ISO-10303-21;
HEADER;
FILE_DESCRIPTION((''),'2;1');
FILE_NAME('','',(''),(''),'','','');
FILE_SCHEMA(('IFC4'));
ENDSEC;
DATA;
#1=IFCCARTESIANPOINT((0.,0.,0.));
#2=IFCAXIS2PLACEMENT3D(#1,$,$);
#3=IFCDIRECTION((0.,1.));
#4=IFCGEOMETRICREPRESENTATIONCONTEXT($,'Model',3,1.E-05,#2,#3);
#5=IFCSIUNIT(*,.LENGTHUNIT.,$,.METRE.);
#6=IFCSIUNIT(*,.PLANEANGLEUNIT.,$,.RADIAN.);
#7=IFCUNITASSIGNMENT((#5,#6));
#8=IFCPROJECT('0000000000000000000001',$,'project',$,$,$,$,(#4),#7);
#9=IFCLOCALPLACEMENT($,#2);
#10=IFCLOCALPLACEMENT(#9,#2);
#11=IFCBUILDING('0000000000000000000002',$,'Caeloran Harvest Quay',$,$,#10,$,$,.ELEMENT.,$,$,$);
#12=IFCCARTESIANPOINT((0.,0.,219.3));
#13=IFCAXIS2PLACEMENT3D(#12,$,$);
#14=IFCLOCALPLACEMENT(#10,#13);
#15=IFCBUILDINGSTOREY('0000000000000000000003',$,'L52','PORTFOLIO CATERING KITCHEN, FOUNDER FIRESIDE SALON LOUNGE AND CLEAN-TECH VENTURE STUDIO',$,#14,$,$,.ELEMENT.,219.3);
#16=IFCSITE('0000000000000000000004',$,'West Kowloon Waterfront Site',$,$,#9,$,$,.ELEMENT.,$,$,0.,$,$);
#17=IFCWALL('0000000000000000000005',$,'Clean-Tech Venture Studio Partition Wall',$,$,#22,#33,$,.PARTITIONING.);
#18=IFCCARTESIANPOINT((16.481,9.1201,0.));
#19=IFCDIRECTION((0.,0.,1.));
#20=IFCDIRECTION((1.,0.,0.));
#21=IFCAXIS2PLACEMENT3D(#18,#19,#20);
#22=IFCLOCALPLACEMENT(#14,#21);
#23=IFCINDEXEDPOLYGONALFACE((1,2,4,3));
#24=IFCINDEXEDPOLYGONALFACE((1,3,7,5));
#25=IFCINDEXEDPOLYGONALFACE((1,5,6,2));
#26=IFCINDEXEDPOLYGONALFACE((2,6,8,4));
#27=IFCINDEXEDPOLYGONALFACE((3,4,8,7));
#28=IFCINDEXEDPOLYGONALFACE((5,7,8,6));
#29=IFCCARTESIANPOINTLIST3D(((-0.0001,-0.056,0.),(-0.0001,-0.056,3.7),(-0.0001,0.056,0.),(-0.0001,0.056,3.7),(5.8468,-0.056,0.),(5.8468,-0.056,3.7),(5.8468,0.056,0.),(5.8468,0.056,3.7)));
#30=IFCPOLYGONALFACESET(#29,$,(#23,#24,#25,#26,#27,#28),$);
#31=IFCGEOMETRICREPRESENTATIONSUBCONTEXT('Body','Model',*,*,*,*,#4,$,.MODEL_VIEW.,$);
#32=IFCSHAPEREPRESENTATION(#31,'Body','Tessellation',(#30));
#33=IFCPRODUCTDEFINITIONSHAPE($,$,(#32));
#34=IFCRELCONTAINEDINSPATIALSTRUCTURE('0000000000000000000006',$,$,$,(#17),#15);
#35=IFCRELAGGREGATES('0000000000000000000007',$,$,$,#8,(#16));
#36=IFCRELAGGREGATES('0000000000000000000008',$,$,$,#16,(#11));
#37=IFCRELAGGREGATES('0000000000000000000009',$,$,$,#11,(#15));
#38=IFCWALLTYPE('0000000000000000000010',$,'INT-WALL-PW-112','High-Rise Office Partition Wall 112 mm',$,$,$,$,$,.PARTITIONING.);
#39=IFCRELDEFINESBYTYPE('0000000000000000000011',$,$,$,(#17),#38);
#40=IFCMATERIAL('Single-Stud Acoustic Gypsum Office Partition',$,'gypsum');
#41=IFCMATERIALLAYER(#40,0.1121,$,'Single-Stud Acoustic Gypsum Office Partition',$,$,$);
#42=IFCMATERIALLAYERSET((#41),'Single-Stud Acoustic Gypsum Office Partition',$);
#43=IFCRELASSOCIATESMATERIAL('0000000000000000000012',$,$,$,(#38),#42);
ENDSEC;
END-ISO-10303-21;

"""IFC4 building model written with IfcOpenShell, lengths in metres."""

from ifc_helpers import new_model, si_unit, direction, frame, frame_2d, origin, place, context, subcontext, project, spatial, rectangle, extrude, material, layer, layer_set, type_object, element, save


model = new_model("IFC4")

# Units and contexts
model_context = context("Model", 3, precision=1e-05, world=origin(), true_north=direction((0.0, 1.0)))
body_context = subcontext(model_context, "Body", "Model", "MODEL_VIEW")
ifc_project = project(units=[si_unit("LENGTHUNIT", "METRE"), si_unit("PLANEANGLEUNIT", "RADIAN")], contexts=[model_context])

# Site, building, storey
site_placement = place(None, origin())
site = spatial("IfcSite", under=ifc_project, at=site_placement, Name="West Kowloon Waterfront Site", CompositionType="ELEMENT", RefElevation=0.0)
building_placement = place(site_placement, origin())
building = spatial("IfcBuilding", under=site, at=building_placement, Name="Caeloran Harvest Quay", CompositionType="ELEMENT")
storey_placement = place(building_placement, frame((0.0, 0.0, 219.3)))
storey = spatial("IfcBuildingStorey", under=building, at=storey_placement, Name="L52", Description="PORTFOLIO CATERING KITCHEN, FOUNDER FIRESIDE SALON LOUNGE AND CLEAN-TECH VENTURE STUDIO", CompositionType="ELEMENT", Elevation=219.3)

# Wall
ifc_material_1 = material(Name="Single-Stud Acoustic Gypsum Office Partition", Category="gypsum")
ifc_layer_1 = layer(ifc_material_1, 0.1121, Name="Single-Stud Acoustic Gypsum Office Partition")
ifc_layer_set_1 = layer_set([ifc_layer_1], Name="Single-Stud Acoustic Gypsum Office Partition")
wall_type_1 = type_object("IfcWallType", Name="INT-WALL-PW-112", Description="High-Rise Office Partition Wall 112 mm", PredefinedType="PARTITIONING", material=ifc_layer_set_1)
wall_1_placement = place(storey_placement, frame((16.481, 9.1201, 0.0), z_axis=(0.0, 0.0, 1.0), x_axis=(1.0, 0.0, 0.0)))
element("IfcWall", 1, at=wall_1_placement, inside=storey, type_object=wall_type_1, Name="Clean-Tech Venture Studio Partition Wall", PredefinedType="PARTITIONING", context=body_context, shape_type="SweptSolid", body=[
    extrude(rectangle(XDim=5.8469, YDim=0.1121, at=frame_2d((2.9233, 0.0))), origin(), (0.0, 0.0, 1.0), 3.7),
])

save(model, "model.ifc")
